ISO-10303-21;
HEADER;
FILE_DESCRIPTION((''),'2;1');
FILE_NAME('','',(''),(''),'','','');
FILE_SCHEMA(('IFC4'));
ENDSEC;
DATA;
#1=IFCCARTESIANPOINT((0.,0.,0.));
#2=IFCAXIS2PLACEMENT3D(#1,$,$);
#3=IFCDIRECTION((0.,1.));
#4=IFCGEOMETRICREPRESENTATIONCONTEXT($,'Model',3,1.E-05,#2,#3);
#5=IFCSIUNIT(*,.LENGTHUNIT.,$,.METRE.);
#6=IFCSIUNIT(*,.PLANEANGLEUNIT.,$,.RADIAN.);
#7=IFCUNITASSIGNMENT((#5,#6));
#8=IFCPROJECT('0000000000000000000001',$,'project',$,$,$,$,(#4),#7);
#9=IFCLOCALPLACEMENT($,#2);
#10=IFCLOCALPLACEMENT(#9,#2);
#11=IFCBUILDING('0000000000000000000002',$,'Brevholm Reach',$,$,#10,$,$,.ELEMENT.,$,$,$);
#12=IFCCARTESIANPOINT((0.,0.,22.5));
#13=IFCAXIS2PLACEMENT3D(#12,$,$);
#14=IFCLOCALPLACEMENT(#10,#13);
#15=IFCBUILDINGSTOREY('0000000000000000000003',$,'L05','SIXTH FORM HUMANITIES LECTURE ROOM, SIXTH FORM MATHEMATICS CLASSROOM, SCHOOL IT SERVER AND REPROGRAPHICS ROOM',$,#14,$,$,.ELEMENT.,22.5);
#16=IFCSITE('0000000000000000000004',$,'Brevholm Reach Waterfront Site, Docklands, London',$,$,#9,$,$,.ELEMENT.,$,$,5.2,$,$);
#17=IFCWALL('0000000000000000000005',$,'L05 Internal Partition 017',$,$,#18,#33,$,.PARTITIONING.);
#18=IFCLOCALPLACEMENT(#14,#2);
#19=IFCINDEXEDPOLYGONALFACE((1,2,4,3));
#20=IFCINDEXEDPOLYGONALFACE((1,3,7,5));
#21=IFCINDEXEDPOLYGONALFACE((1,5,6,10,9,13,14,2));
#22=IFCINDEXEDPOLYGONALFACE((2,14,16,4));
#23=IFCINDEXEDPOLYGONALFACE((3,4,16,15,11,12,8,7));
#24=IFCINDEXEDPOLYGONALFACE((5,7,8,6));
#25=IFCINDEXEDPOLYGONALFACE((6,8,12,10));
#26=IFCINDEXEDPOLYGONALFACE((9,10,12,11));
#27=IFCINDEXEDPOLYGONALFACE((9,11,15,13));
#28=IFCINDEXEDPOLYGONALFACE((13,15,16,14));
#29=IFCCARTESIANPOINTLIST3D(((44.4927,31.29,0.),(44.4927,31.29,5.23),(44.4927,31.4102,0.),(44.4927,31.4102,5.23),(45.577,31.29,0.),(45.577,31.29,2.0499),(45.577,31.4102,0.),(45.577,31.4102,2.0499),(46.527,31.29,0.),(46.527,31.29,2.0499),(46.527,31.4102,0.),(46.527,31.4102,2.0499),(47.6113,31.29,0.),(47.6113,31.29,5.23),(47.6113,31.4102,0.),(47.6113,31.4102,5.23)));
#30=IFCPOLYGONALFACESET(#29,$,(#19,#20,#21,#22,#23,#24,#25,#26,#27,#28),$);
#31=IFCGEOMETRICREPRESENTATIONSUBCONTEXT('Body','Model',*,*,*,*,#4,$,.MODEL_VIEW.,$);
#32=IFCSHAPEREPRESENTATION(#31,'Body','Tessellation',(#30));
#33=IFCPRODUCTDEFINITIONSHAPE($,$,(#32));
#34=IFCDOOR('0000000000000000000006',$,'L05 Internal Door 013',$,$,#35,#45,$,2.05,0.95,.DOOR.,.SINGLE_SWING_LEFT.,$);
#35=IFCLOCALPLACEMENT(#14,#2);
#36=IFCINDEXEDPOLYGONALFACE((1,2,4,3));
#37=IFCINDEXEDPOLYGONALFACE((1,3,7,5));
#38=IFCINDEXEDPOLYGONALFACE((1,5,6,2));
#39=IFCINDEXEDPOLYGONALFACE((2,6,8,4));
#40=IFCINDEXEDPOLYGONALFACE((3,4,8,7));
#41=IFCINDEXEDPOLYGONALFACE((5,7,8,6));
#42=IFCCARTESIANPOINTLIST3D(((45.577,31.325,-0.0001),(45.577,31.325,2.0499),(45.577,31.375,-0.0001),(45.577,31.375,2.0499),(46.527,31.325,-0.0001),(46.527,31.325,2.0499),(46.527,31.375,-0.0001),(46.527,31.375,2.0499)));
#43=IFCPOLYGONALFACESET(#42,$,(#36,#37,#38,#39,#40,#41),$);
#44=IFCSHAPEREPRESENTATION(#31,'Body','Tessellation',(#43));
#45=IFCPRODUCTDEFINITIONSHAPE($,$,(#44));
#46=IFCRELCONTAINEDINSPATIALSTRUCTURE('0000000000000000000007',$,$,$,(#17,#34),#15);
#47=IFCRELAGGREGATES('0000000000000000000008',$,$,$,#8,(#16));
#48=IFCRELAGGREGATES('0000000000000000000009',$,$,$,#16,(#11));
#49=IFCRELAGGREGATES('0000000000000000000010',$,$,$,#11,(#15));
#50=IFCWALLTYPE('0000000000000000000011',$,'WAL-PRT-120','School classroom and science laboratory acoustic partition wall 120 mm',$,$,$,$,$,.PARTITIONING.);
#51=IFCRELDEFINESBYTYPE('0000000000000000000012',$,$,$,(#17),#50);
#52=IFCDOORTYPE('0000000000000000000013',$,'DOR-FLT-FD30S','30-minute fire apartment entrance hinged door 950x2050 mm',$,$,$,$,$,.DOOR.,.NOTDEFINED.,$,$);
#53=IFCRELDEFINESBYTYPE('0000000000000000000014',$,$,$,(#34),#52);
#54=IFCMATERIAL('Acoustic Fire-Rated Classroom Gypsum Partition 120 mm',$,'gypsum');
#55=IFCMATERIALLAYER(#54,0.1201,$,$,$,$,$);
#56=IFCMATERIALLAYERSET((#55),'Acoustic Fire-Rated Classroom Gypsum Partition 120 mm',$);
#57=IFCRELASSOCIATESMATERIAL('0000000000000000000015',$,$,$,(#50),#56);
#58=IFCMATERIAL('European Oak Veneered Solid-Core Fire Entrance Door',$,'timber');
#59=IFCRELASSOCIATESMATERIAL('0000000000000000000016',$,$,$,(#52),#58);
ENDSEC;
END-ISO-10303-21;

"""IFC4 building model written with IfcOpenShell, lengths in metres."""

from ifc_helpers import new_model, si_unit, direction, frame, frame_2d, origin, place, context, subcontext, project, spatial, rectangle, extrude, material, layer, layer_set, type_object, element, fill, save


model = new_model("IFC4")

# Units and contexts
model_context = context("Model", 3, precision=1e-05, world=origin(), true_north=direction((0.0, 1.0)))
body_context = subcontext(model_context, "Body", "Model", "MODEL_VIEW")
ifc_project = project(units=[si_unit("LENGTHUNIT", "METRE"), si_unit("PLANEANGLEUNIT", "RADIAN")], contexts=[model_context])

# Site, building, storey
site_placement = place(None, origin())
site = spatial("IfcSite", under=ifc_project, at=site_placement, Name="Brevholm Reach Waterfront Site, Docklands, London", CompositionType="ELEMENT", RefElevation=5.2)
building_placement = place(site_placement, origin())
building = spatial("IfcBuilding", under=site, at=building_placement, Name="Brevholm Reach", CompositionType="ELEMENT")
storey_placement = place(building_placement, frame((0.0, 0.0, 22.5)))
storey = spatial("IfcBuildingStorey", under=building, at=storey_placement, Name="L05", Description="SIXTH FORM HUMANITIES LECTURE ROOM, SIXTH FORM MATHEMATICS CLASSROOM, SCHOOL IT SERVER AND REPROGRAPHICS ROOM", CompositionType="ELEMENT", Elevation=22.5)

# Wall, opening, door
ifc_material_1 = material(Name="Acoustic Fire-Rated Classroom Gypsum Partition 120 mm", Category="gypsum")
ifc_layer_1 = layer(ifc_material_1, 0.1201)
ifc_layer_set_1 = layer_set([ifc_layer_1], Name="Acoustic Fire-Rated Classroom Gypsum Partition 120 mm")
wall_type_1 = type_object("IfcWallType", Name="WAL-PRT-120", Description="School classroom and science laboratory acoustic partition wall 120 mm", PredefinedType="PARTITIONING", material=ifc_layer_set_1)
wall_placement = place(storey_placement, frame((44.4927, 31.3501, 0.0), z_axis=(0.0, 0.0, 1.0), x_axis=(1.0, 0.0, 0.0)))
wall = element("IfcWall", 1, at=wall_placement, inside=storey, type_object=wall_type_1, Name="L05 Internal Partition 017", PredefinedType="PARTITIONING", context=body_context, shape_type="SweptSolid", body=[
    extrude(rectangle(XDim=3.1187, YDim=0.1201, at=frame_2d((1.5593, 0.0))), origin(), (0.0, 0.0, 1.0), 5.23),
])
opening_placement = place(wall_placement, frame((1.0842, 0.0, 0.0)))
opening = element("IfcOpeningElement", 2, at=opening_placement, cuts=wall, PredefinedType="OPENING", context=body_context, shape_type="SweptSolid", body=[
    extrude(rectangle(XDim=0.95, YDim=2.05, at=frame_2d((0.4751, 1.0249))), frame((0.0, 0.0701, 0.0), z_axis=(0.0, -1.0, 0.0), x_axis=(1.0, 0.0, 0.0)), (0.0, 0.0, 1.0), 0.1401),
])
ifc_material_2 = material(Name="European Oak Veneered Solid-Core Fire Entrance Door", Category="timber")
door_type = type_object("IfcDoorType", Name="DOR-FLT-FD30S", Description="30-minute fire apartment entrance hinged door 950x2050 mm", OperationType="NOTDEFINED", PredefinedType="DOOR", material=ifc_material_2)
door_placement = place(opening_placement, origin())
door = element("IfcDoor", 3, at=door_placement, inside=storey, type_object=door_type, Name="L05 Internal Door 013", OperationType="SINGLE_SWING_LEFT", OverallHeight=2.05, OverallWidth=0.95, PredefinedType="DOOR", context=body_context, shape_type="SweptSolid", body=[
    extrude(rectangle(XDim=0.95, YDim=2.05, at=frame_2d((0.4751, 1.0249))), frame((0.0, 0.0249, 0.0), z_axis=(0.0, -1.0, 0.0), x_axis=(1.0, 0.0, 0.0)), (0.0, 0.0, 1.0), 0.05),
])
fill(opening, door)

save(model, "model.ifc")
